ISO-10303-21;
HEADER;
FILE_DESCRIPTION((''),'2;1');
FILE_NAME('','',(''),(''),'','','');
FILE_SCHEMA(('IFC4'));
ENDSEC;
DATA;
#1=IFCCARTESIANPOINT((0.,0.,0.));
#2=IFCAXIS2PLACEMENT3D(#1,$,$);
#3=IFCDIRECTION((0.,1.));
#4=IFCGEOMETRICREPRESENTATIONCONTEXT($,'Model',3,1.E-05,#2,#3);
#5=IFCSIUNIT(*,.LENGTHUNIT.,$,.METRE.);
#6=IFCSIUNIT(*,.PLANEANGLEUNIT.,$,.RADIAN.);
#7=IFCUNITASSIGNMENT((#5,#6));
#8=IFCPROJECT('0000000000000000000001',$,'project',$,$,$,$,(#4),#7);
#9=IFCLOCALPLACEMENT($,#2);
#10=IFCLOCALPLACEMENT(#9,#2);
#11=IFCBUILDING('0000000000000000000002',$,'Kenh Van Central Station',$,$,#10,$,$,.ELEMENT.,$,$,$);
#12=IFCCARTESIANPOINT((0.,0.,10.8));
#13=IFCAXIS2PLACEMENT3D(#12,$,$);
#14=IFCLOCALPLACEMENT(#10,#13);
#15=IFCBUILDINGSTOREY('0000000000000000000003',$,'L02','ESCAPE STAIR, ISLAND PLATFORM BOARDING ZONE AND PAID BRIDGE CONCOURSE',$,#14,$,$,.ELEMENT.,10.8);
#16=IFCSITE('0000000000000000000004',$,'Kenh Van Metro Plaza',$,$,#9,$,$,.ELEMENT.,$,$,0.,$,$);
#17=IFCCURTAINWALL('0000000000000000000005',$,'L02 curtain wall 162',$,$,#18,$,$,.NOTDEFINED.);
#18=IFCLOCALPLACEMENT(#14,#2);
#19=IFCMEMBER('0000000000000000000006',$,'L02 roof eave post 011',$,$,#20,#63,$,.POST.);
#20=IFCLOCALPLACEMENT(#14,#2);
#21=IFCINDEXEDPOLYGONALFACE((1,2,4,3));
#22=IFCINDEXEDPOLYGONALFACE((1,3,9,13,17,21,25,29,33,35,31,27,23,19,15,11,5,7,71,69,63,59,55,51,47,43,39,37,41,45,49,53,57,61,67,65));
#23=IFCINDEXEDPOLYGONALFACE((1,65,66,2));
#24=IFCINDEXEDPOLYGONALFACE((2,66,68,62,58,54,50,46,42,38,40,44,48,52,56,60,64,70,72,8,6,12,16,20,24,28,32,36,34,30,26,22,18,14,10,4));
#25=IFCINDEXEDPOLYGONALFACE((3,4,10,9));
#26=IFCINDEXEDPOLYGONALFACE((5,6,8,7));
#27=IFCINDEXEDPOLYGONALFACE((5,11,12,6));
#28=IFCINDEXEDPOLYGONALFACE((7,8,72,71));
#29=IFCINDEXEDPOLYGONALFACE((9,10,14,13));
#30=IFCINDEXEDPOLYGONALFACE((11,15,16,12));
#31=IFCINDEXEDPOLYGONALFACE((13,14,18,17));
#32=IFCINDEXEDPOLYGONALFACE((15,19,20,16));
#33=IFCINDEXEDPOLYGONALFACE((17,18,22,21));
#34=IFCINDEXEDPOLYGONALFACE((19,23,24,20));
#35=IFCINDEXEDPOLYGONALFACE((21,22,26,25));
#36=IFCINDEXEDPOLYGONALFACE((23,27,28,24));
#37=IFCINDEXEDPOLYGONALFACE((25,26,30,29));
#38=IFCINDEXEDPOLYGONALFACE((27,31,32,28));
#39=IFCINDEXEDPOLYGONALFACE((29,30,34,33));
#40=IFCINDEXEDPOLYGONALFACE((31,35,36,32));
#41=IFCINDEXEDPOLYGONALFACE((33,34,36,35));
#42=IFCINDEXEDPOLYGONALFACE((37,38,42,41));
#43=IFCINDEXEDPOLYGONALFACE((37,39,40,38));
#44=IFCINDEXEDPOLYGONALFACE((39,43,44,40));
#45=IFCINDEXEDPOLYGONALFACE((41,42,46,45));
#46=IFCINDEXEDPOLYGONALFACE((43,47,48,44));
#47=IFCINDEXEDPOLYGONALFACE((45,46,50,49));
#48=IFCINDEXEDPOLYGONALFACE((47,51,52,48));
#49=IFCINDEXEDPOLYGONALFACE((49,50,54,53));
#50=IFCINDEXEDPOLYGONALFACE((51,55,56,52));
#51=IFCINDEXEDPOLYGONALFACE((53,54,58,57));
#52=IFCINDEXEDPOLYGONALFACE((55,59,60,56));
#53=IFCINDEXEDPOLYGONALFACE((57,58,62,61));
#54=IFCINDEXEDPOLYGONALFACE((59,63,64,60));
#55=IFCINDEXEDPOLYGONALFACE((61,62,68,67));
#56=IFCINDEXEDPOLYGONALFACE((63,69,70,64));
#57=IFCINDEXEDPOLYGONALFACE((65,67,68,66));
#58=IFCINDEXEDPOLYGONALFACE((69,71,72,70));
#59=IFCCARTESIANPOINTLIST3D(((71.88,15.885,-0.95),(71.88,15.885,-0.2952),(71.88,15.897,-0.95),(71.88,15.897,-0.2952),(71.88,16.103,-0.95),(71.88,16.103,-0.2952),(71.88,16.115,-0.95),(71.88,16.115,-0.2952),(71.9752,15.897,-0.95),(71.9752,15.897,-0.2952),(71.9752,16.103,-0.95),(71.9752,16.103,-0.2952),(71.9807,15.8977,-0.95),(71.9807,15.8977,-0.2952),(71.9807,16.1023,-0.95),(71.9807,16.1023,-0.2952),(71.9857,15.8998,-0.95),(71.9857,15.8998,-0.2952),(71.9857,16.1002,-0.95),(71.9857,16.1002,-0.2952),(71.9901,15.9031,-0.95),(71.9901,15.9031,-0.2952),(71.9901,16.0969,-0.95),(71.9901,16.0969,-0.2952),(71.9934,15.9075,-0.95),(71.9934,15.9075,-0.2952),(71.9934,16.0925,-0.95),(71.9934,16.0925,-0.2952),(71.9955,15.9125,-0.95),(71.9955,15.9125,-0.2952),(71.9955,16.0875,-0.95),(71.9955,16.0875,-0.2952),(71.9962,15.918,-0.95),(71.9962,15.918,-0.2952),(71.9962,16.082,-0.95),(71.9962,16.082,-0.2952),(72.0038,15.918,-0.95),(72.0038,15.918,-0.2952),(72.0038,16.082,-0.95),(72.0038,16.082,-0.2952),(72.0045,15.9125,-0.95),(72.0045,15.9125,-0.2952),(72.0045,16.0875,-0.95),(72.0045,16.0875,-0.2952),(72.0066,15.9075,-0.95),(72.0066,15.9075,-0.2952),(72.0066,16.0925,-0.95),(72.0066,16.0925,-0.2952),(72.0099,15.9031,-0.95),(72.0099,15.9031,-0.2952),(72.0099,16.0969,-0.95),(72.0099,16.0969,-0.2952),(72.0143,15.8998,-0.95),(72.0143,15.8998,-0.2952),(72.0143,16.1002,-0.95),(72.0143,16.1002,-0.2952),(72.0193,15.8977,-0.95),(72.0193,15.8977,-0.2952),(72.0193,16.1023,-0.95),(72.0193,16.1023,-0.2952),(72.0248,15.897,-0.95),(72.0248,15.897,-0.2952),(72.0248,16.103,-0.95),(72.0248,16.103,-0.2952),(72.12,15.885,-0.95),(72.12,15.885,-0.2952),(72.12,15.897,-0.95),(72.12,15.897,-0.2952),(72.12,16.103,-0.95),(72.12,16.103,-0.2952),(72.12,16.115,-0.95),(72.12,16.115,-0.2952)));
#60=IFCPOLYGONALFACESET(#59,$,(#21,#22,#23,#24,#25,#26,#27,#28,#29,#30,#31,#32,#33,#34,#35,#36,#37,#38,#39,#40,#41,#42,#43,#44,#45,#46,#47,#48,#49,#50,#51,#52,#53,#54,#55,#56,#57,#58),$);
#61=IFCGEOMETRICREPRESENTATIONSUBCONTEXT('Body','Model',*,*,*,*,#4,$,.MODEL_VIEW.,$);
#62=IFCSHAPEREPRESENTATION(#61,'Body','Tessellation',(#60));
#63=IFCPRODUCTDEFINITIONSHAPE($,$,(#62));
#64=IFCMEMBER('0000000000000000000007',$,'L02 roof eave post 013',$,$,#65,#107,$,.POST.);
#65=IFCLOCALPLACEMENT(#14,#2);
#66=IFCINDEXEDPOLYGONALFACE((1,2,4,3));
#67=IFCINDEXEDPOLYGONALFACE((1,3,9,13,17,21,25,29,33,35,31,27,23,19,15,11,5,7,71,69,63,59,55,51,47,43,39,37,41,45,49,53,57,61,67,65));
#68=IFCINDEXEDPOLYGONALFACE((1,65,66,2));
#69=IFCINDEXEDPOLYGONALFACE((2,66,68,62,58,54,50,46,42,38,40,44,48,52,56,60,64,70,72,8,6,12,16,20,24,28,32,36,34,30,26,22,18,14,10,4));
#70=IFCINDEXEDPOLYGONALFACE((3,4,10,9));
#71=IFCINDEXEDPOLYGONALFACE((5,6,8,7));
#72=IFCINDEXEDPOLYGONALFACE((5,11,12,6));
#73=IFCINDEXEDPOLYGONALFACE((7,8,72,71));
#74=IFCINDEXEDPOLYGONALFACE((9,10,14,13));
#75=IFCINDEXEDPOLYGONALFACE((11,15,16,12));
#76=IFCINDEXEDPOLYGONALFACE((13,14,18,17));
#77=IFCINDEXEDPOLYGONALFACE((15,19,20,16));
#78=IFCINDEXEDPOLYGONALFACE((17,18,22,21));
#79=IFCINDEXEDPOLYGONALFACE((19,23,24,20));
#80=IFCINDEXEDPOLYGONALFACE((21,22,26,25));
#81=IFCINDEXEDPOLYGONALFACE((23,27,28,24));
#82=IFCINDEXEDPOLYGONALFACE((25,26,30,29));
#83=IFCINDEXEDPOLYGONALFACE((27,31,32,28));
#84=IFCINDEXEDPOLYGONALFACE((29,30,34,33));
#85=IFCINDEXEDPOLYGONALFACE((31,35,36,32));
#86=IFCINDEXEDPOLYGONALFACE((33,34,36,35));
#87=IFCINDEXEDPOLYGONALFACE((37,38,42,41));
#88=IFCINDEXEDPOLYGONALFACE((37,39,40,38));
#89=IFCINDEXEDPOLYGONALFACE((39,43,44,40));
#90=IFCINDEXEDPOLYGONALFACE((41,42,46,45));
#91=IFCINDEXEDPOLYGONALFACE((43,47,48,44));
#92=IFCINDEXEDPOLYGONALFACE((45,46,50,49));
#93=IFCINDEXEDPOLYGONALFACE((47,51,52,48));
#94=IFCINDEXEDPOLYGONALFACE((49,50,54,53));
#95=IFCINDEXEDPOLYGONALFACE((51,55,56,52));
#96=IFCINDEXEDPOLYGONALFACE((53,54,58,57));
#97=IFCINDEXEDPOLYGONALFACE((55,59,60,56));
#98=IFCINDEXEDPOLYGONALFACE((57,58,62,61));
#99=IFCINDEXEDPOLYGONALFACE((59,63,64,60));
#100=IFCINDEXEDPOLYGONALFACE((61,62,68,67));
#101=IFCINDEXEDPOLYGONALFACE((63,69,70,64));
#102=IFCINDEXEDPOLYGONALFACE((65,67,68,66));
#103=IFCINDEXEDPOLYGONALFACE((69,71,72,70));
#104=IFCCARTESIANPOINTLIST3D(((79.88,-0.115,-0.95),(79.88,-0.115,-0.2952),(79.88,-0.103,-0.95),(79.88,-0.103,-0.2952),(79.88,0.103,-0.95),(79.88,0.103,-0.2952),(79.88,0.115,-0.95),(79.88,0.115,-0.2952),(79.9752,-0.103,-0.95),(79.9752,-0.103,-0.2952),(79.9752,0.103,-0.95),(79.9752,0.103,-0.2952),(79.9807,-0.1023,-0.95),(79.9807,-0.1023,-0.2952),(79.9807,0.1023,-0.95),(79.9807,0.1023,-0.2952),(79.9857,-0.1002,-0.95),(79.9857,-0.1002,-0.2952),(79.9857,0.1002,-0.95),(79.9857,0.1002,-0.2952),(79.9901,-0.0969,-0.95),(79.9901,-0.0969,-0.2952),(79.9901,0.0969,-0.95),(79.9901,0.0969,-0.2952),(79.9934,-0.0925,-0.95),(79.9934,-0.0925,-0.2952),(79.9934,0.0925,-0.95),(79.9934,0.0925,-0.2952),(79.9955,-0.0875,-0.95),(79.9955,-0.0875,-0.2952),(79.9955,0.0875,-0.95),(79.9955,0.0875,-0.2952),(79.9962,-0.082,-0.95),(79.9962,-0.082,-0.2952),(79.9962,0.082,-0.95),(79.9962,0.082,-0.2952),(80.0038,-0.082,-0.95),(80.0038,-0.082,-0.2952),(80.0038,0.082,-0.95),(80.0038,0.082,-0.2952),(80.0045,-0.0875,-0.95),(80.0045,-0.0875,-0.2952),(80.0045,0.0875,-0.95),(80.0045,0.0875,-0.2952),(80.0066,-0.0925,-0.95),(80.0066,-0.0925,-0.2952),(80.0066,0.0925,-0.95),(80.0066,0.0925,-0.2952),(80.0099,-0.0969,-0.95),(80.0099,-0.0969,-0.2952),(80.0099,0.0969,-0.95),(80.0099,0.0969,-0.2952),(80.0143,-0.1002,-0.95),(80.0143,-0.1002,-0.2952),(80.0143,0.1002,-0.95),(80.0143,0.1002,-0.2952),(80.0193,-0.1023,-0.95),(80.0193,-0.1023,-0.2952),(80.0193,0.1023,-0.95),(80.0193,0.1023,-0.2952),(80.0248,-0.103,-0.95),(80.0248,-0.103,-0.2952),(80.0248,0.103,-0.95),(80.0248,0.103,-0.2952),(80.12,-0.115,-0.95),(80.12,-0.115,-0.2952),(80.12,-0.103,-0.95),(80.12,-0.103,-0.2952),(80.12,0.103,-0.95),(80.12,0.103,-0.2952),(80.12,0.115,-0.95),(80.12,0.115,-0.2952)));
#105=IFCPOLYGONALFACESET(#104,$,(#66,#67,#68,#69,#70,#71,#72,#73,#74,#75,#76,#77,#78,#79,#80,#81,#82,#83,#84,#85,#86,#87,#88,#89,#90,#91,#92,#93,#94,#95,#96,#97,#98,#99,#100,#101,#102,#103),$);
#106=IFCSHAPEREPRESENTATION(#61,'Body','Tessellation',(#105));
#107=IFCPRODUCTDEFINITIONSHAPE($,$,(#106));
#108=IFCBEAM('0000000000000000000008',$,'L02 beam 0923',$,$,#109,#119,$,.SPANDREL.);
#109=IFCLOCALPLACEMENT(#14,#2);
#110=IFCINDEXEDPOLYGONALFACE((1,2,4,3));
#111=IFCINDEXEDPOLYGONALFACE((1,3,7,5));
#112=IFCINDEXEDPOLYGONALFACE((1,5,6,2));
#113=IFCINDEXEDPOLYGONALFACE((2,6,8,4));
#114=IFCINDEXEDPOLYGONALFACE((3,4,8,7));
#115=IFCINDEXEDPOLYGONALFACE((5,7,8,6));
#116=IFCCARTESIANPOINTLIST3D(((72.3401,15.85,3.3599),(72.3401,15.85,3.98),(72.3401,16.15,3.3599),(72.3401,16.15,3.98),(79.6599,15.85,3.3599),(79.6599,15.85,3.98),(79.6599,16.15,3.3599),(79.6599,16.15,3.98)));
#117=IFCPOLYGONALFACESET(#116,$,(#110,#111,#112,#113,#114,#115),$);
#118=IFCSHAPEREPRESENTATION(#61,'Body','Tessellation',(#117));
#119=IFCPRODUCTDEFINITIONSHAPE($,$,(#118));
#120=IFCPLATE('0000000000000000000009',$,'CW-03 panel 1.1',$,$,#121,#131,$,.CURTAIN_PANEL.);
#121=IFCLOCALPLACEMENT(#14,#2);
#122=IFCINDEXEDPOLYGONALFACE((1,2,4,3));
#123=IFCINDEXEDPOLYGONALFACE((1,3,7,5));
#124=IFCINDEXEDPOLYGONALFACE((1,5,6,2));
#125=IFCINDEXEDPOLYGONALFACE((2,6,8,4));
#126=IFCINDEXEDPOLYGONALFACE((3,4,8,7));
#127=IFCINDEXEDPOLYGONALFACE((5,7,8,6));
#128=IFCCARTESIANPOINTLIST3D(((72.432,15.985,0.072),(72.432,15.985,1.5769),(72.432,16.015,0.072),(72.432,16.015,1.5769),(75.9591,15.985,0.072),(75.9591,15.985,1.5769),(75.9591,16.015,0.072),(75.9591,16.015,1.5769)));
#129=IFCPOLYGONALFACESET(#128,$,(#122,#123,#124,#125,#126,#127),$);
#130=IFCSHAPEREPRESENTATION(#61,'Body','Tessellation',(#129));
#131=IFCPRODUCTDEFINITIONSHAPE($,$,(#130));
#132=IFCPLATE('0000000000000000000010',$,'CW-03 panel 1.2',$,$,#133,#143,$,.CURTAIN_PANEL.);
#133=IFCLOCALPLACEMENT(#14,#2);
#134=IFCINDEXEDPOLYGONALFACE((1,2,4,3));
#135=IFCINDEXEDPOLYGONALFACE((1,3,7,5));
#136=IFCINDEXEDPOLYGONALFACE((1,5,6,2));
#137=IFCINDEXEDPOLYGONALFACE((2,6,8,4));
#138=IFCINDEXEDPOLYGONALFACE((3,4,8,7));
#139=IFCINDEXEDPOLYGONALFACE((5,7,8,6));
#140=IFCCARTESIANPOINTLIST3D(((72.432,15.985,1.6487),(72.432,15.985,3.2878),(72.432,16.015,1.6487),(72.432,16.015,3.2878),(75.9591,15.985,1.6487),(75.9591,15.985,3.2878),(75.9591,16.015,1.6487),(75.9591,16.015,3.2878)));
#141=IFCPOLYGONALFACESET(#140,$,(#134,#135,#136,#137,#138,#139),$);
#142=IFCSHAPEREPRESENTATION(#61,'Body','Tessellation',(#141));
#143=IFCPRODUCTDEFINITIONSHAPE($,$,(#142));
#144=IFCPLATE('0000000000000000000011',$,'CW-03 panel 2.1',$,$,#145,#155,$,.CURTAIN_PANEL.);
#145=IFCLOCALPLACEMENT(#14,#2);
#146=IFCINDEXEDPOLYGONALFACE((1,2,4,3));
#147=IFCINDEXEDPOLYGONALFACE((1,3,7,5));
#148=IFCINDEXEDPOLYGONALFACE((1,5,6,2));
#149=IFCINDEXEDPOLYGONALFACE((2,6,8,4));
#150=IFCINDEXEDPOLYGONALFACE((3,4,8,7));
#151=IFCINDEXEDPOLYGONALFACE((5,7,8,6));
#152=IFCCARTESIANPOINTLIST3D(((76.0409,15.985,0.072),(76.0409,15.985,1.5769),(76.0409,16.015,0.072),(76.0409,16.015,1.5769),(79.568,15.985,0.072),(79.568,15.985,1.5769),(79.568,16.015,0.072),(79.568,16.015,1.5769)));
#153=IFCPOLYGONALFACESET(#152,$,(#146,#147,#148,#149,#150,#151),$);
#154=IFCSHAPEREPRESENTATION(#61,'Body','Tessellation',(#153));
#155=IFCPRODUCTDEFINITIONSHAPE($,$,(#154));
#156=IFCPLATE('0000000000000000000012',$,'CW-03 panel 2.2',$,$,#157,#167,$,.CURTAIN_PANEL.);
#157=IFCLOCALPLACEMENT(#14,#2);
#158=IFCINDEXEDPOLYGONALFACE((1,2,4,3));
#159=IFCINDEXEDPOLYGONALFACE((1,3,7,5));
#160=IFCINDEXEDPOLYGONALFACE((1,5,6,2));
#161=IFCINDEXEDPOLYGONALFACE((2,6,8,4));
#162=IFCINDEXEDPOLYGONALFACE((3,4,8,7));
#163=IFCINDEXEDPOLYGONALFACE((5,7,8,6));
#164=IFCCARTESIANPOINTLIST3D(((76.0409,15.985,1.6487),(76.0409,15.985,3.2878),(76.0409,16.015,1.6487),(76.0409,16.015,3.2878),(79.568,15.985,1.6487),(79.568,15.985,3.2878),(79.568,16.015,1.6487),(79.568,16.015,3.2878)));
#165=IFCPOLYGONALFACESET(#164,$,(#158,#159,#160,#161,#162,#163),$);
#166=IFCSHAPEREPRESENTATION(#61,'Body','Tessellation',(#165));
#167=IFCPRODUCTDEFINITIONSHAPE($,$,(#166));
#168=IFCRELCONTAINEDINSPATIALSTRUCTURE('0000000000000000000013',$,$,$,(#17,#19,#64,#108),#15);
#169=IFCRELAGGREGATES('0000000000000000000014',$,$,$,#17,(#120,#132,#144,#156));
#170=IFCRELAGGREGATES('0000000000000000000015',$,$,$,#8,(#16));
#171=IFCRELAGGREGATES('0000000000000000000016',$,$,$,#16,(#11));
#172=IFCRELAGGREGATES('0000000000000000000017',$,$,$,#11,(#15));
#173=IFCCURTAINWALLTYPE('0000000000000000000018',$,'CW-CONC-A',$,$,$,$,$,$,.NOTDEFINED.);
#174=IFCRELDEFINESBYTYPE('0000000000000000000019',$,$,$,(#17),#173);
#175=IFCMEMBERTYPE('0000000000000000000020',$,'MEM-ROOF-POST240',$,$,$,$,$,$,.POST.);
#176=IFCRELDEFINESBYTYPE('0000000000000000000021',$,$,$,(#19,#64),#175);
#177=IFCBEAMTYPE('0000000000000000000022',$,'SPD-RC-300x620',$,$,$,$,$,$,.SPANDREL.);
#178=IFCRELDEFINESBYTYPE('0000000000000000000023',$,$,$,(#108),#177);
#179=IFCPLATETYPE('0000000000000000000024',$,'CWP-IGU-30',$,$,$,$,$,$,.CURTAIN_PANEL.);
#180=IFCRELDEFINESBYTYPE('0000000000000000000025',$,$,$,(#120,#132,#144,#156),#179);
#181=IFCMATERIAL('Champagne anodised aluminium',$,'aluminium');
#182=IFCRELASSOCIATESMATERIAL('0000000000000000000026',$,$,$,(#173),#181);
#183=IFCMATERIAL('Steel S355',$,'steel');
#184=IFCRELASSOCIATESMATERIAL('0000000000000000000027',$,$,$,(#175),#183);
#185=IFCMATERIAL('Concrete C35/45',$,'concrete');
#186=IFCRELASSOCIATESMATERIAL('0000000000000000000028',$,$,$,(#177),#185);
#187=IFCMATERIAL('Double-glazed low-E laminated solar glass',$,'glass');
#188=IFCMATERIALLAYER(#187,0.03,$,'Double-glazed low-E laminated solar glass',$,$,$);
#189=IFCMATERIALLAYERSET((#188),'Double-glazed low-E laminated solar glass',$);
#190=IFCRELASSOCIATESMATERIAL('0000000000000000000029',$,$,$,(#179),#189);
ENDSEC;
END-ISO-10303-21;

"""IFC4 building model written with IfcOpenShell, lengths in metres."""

from ifc_helpers import new_model, si_unit, direction, frame, origin, origin_2d, place, context, subcontext, project, spatial, rectangle, i_section, extrude, material, layer, layer_set, material_profile, profile_set, type_object, element, aggregate, save


model = new_model("IFC4")

# Units and contexts
model_context = context("Model", 3, precision=1e-05, world=origin(), true_north=direction((0.0, 1.0)))
body_context = subcontext(model_context, "Body", "Model", "MODEL_VIEW")
ifc_project = project(units=[si_unit("LENGTHUNIT", "METRE"), si_unit("PLANEANGLEUNIT", "RADIAN")], contexts=[model_context])

# Site, building, storey
site_placement = place(None, origin())
site = spatial("IfcSite", under=ifc_project, at=site_placement, Name="Kenh Van Metro Plaza", CompositionType="ELEMENT", RefElevation=0.0)
building_placement = place(site_placement, origin())
building = spatial("IfcBuilding", under=site, at=building_placement, Name="Kenh Van Central Station", CompositionType="ELEMENT")
storey_placement = place(building_placement, frame((0.0, 0.0, 10.8)))
storey = spatial("IfcBuildingStorey", under=building, at=storey_placement, Name="L02", Description="ESCAPE STAIR, ISLAND PLATFORM BOARDING ZONE AND PAID BRIDGE CONCOURSE", CompositionType="ELEMENT", Elevation=10.8)

# Shared definitions
ifc_material_1 = material(Name="Steel S355", Category="steel")

# Curtain wall
ifc_material_2 = material(Name="Champagne anodised aluminium", Category="aluminium")
curtain_wall_type = type_object("IfcCurtainWallType", Name="CW-CONC-A", PredefinedType="NOTDEFINED", material=ifc_material_2)
curtain_wall_placement = place(storey_placement, origin())
curtain_wall = element("IfcCurtainWall", 1, at=curtain_wall_placement, inside=storey, type_object=curtain_wall_type, Name="L02 curtain wall 162", PredefinedType="NOTDEFINED")

# Members
ifc_material_profile_1 = material_profile(ifc_material_1, i_section(OverallWidth=0.24, OverallDepth=0.23, WebThickness=0.0076, FlangeThickness=0.012, FilletRadius=0.021, at=origin_2d()), Name="HEA 240")
ifc_profile_set_1 = profile_set([ifc_material_profile_1], Name="Steel S355")
member_type_1 = type_object("IfcMemberType", Name="MEM-ROOF-POST240", PredefinedType="POST", material=ifc_profile_set_1)
for number, where, z_axis, x_axis, name in (
    (2, (72.0, 16.0, -0.95), (0.0, 0.0, 1.0), (1.0, 0.0, 0.0), "L02 roof eave post 011"),
    (3, (80.0, 0.0, -0.95), (0.0, 0.0, 1.0), (1.0, 0.0, 0.0), "L02 roof eave post 013"),
):
    element("IfcMember", number, at=place(storey_placement, frame(where, z_axis=z_axis, x_axis=x_axis)), inside=storey, type_object=member_type_1, Name=name, PredefinedType="POST", context=body_context, shape_type="SweptSolid", body=[
        extrude(i_section(OverallWidth=0.24, OverallDepth=0.23, WebThickness=0.0076, FlangeThickness=0.012, FilletRadius=0.021, at=origin_2d()), origin(), (0.0, 0.0, 1.0), 0.6548),
    ])

# Beam
ifc_material_3 = material(Name="Concrete C35/45", Category="concrete")
ifc_material_profile_2 = material_profile(ifc_material_3, rectangle(XDim=0.3, YDim=0.6201, at=origin_2d()), Name="RC 300x620")
ifc_profile_set_2 = profile_set([ifc_material_profile_2], Name="Concrete C35/45")
beam_type_1 = type_object("IfcBeamType", Name="SPD-RC-300x620", PredefinedType="SPANDREL", material=ifc_profile_set_2)
beam_placement = place(storey_placement, frame((72.3401, 16.0, 3.6699), z_axis=(1.0, 0.0, 0.0), x_axis=(0.0, 1.0, 0.0)))
element("IfcBeam", 4, at=beam_placement, inside=storey, type_object=beam_type_1, Name="L02 beam 0923", PredefinedType="SPANDREL", context=body_context, shape_type="SweptSolid", body=[
    extrude(rectangle(XDim=0.3, YDim=0.6201, at=origin_2d()), origin(), (0.0, 0.0, 1.0), 7.3198),
])

# Plates
ifc_material_4 = material(Name="Double-glazed low-E laminated solar glass", Category="glass")
ifc_layer = layer(ifc_material_4, 0.03, Name="Double-glazed low-E laminated solar glass")
ifc_layer_set = layer_set([ifc_layer], Name="Double-glazed low-E laminated solar glass")
plate_type = type_object("IfcPlateType", Name="CWP-IGU-30", PredefinedType="CURTAIN_PANEL", material=ifc_layer_set)
plate_1_placement = place(storey_placement, frame((74.1956, 16.0, 0.072), z_axis=(0.0, 0.0, 1.0), x_axis=(1.0, 0.0, 0.0)))
plate_1 = element("IfcPlate", 5, at=plate_1_placement, type_object=plate_type, Name="CW-03 panel 1.1", PredefinedType="CURTAIN_PANEL", context=body_context, shape_type="SweptSolid", body=[
    extrude(rectangle(XDim=3.5271, YDim=0.03, at=origin_2d()), origin(), (0.0, 0.0, 1.0), 1.5049),
])
plate_2_placement = place(storey_placement, frame((74.1956, 16.0, 1.6487), z_axis=(0.0, 0.0, 1.0), x_axis=(1.0, 0.0, 0.0)))
plate_2 = element("IfcPlate", 6, at=plate_2_placement, type_object=plate_type, Name="CW-03 panel 1.2", PredefinedType="CURTAIN_PANEL", context=body_context, shape_type="SweptSolid", body=[
    extrude(rectangle(XDim=3.5271, YDim=0.03, at=origin_2d()), origin(), (0.0, 0.0, 1.0), 1.6392),
])
plate_3_placement = place(storey_placement, frame((77.8044, 16.0, 0.072), z_axis=(0.0, 0.0, 1.0), x_axis=(1.0, 0.0, 0.0)))
plate_3 = element("IfcPlate", 7, at=plate_3_placement, type_object=plate_type, Name="CW-03 panel 2.1", PredefinedType="CURTAIN_PANEL", context=body_context, shape_type="SweptSolid", body=[
    extrude(rectangle(XDim=3.5271, YDim=0.03, at=origin_2d()), origin(), (0.0, 0.0, 1.0), 1.5049),
])
plate_4_placement = place(storey_placement, frame((77.8044, 16.0, 1.6487), z_axis=(0.0, 0.0, 1.0), x_axis=(1.0, 0.0, 0.0)))
plate_4 = element("IfcPlate", 8, at=plate_4_placement, type_object=plate_type, Name="CW-03 panel 2.2", PredefinedType="CURTAIN_PANEL", context=body_context, shape_type="SweptSolid", body=[
    extrude(rectangle(XDim=3.5271, YDim=0.03, at=origin_2d()), origin(), (0.0, 0.0, 1.0), 1.6392),
])
aggregate(curtain_wall, [plate_1, plate_2, plate_3, plate_4])

save(model, "model.ifc")
